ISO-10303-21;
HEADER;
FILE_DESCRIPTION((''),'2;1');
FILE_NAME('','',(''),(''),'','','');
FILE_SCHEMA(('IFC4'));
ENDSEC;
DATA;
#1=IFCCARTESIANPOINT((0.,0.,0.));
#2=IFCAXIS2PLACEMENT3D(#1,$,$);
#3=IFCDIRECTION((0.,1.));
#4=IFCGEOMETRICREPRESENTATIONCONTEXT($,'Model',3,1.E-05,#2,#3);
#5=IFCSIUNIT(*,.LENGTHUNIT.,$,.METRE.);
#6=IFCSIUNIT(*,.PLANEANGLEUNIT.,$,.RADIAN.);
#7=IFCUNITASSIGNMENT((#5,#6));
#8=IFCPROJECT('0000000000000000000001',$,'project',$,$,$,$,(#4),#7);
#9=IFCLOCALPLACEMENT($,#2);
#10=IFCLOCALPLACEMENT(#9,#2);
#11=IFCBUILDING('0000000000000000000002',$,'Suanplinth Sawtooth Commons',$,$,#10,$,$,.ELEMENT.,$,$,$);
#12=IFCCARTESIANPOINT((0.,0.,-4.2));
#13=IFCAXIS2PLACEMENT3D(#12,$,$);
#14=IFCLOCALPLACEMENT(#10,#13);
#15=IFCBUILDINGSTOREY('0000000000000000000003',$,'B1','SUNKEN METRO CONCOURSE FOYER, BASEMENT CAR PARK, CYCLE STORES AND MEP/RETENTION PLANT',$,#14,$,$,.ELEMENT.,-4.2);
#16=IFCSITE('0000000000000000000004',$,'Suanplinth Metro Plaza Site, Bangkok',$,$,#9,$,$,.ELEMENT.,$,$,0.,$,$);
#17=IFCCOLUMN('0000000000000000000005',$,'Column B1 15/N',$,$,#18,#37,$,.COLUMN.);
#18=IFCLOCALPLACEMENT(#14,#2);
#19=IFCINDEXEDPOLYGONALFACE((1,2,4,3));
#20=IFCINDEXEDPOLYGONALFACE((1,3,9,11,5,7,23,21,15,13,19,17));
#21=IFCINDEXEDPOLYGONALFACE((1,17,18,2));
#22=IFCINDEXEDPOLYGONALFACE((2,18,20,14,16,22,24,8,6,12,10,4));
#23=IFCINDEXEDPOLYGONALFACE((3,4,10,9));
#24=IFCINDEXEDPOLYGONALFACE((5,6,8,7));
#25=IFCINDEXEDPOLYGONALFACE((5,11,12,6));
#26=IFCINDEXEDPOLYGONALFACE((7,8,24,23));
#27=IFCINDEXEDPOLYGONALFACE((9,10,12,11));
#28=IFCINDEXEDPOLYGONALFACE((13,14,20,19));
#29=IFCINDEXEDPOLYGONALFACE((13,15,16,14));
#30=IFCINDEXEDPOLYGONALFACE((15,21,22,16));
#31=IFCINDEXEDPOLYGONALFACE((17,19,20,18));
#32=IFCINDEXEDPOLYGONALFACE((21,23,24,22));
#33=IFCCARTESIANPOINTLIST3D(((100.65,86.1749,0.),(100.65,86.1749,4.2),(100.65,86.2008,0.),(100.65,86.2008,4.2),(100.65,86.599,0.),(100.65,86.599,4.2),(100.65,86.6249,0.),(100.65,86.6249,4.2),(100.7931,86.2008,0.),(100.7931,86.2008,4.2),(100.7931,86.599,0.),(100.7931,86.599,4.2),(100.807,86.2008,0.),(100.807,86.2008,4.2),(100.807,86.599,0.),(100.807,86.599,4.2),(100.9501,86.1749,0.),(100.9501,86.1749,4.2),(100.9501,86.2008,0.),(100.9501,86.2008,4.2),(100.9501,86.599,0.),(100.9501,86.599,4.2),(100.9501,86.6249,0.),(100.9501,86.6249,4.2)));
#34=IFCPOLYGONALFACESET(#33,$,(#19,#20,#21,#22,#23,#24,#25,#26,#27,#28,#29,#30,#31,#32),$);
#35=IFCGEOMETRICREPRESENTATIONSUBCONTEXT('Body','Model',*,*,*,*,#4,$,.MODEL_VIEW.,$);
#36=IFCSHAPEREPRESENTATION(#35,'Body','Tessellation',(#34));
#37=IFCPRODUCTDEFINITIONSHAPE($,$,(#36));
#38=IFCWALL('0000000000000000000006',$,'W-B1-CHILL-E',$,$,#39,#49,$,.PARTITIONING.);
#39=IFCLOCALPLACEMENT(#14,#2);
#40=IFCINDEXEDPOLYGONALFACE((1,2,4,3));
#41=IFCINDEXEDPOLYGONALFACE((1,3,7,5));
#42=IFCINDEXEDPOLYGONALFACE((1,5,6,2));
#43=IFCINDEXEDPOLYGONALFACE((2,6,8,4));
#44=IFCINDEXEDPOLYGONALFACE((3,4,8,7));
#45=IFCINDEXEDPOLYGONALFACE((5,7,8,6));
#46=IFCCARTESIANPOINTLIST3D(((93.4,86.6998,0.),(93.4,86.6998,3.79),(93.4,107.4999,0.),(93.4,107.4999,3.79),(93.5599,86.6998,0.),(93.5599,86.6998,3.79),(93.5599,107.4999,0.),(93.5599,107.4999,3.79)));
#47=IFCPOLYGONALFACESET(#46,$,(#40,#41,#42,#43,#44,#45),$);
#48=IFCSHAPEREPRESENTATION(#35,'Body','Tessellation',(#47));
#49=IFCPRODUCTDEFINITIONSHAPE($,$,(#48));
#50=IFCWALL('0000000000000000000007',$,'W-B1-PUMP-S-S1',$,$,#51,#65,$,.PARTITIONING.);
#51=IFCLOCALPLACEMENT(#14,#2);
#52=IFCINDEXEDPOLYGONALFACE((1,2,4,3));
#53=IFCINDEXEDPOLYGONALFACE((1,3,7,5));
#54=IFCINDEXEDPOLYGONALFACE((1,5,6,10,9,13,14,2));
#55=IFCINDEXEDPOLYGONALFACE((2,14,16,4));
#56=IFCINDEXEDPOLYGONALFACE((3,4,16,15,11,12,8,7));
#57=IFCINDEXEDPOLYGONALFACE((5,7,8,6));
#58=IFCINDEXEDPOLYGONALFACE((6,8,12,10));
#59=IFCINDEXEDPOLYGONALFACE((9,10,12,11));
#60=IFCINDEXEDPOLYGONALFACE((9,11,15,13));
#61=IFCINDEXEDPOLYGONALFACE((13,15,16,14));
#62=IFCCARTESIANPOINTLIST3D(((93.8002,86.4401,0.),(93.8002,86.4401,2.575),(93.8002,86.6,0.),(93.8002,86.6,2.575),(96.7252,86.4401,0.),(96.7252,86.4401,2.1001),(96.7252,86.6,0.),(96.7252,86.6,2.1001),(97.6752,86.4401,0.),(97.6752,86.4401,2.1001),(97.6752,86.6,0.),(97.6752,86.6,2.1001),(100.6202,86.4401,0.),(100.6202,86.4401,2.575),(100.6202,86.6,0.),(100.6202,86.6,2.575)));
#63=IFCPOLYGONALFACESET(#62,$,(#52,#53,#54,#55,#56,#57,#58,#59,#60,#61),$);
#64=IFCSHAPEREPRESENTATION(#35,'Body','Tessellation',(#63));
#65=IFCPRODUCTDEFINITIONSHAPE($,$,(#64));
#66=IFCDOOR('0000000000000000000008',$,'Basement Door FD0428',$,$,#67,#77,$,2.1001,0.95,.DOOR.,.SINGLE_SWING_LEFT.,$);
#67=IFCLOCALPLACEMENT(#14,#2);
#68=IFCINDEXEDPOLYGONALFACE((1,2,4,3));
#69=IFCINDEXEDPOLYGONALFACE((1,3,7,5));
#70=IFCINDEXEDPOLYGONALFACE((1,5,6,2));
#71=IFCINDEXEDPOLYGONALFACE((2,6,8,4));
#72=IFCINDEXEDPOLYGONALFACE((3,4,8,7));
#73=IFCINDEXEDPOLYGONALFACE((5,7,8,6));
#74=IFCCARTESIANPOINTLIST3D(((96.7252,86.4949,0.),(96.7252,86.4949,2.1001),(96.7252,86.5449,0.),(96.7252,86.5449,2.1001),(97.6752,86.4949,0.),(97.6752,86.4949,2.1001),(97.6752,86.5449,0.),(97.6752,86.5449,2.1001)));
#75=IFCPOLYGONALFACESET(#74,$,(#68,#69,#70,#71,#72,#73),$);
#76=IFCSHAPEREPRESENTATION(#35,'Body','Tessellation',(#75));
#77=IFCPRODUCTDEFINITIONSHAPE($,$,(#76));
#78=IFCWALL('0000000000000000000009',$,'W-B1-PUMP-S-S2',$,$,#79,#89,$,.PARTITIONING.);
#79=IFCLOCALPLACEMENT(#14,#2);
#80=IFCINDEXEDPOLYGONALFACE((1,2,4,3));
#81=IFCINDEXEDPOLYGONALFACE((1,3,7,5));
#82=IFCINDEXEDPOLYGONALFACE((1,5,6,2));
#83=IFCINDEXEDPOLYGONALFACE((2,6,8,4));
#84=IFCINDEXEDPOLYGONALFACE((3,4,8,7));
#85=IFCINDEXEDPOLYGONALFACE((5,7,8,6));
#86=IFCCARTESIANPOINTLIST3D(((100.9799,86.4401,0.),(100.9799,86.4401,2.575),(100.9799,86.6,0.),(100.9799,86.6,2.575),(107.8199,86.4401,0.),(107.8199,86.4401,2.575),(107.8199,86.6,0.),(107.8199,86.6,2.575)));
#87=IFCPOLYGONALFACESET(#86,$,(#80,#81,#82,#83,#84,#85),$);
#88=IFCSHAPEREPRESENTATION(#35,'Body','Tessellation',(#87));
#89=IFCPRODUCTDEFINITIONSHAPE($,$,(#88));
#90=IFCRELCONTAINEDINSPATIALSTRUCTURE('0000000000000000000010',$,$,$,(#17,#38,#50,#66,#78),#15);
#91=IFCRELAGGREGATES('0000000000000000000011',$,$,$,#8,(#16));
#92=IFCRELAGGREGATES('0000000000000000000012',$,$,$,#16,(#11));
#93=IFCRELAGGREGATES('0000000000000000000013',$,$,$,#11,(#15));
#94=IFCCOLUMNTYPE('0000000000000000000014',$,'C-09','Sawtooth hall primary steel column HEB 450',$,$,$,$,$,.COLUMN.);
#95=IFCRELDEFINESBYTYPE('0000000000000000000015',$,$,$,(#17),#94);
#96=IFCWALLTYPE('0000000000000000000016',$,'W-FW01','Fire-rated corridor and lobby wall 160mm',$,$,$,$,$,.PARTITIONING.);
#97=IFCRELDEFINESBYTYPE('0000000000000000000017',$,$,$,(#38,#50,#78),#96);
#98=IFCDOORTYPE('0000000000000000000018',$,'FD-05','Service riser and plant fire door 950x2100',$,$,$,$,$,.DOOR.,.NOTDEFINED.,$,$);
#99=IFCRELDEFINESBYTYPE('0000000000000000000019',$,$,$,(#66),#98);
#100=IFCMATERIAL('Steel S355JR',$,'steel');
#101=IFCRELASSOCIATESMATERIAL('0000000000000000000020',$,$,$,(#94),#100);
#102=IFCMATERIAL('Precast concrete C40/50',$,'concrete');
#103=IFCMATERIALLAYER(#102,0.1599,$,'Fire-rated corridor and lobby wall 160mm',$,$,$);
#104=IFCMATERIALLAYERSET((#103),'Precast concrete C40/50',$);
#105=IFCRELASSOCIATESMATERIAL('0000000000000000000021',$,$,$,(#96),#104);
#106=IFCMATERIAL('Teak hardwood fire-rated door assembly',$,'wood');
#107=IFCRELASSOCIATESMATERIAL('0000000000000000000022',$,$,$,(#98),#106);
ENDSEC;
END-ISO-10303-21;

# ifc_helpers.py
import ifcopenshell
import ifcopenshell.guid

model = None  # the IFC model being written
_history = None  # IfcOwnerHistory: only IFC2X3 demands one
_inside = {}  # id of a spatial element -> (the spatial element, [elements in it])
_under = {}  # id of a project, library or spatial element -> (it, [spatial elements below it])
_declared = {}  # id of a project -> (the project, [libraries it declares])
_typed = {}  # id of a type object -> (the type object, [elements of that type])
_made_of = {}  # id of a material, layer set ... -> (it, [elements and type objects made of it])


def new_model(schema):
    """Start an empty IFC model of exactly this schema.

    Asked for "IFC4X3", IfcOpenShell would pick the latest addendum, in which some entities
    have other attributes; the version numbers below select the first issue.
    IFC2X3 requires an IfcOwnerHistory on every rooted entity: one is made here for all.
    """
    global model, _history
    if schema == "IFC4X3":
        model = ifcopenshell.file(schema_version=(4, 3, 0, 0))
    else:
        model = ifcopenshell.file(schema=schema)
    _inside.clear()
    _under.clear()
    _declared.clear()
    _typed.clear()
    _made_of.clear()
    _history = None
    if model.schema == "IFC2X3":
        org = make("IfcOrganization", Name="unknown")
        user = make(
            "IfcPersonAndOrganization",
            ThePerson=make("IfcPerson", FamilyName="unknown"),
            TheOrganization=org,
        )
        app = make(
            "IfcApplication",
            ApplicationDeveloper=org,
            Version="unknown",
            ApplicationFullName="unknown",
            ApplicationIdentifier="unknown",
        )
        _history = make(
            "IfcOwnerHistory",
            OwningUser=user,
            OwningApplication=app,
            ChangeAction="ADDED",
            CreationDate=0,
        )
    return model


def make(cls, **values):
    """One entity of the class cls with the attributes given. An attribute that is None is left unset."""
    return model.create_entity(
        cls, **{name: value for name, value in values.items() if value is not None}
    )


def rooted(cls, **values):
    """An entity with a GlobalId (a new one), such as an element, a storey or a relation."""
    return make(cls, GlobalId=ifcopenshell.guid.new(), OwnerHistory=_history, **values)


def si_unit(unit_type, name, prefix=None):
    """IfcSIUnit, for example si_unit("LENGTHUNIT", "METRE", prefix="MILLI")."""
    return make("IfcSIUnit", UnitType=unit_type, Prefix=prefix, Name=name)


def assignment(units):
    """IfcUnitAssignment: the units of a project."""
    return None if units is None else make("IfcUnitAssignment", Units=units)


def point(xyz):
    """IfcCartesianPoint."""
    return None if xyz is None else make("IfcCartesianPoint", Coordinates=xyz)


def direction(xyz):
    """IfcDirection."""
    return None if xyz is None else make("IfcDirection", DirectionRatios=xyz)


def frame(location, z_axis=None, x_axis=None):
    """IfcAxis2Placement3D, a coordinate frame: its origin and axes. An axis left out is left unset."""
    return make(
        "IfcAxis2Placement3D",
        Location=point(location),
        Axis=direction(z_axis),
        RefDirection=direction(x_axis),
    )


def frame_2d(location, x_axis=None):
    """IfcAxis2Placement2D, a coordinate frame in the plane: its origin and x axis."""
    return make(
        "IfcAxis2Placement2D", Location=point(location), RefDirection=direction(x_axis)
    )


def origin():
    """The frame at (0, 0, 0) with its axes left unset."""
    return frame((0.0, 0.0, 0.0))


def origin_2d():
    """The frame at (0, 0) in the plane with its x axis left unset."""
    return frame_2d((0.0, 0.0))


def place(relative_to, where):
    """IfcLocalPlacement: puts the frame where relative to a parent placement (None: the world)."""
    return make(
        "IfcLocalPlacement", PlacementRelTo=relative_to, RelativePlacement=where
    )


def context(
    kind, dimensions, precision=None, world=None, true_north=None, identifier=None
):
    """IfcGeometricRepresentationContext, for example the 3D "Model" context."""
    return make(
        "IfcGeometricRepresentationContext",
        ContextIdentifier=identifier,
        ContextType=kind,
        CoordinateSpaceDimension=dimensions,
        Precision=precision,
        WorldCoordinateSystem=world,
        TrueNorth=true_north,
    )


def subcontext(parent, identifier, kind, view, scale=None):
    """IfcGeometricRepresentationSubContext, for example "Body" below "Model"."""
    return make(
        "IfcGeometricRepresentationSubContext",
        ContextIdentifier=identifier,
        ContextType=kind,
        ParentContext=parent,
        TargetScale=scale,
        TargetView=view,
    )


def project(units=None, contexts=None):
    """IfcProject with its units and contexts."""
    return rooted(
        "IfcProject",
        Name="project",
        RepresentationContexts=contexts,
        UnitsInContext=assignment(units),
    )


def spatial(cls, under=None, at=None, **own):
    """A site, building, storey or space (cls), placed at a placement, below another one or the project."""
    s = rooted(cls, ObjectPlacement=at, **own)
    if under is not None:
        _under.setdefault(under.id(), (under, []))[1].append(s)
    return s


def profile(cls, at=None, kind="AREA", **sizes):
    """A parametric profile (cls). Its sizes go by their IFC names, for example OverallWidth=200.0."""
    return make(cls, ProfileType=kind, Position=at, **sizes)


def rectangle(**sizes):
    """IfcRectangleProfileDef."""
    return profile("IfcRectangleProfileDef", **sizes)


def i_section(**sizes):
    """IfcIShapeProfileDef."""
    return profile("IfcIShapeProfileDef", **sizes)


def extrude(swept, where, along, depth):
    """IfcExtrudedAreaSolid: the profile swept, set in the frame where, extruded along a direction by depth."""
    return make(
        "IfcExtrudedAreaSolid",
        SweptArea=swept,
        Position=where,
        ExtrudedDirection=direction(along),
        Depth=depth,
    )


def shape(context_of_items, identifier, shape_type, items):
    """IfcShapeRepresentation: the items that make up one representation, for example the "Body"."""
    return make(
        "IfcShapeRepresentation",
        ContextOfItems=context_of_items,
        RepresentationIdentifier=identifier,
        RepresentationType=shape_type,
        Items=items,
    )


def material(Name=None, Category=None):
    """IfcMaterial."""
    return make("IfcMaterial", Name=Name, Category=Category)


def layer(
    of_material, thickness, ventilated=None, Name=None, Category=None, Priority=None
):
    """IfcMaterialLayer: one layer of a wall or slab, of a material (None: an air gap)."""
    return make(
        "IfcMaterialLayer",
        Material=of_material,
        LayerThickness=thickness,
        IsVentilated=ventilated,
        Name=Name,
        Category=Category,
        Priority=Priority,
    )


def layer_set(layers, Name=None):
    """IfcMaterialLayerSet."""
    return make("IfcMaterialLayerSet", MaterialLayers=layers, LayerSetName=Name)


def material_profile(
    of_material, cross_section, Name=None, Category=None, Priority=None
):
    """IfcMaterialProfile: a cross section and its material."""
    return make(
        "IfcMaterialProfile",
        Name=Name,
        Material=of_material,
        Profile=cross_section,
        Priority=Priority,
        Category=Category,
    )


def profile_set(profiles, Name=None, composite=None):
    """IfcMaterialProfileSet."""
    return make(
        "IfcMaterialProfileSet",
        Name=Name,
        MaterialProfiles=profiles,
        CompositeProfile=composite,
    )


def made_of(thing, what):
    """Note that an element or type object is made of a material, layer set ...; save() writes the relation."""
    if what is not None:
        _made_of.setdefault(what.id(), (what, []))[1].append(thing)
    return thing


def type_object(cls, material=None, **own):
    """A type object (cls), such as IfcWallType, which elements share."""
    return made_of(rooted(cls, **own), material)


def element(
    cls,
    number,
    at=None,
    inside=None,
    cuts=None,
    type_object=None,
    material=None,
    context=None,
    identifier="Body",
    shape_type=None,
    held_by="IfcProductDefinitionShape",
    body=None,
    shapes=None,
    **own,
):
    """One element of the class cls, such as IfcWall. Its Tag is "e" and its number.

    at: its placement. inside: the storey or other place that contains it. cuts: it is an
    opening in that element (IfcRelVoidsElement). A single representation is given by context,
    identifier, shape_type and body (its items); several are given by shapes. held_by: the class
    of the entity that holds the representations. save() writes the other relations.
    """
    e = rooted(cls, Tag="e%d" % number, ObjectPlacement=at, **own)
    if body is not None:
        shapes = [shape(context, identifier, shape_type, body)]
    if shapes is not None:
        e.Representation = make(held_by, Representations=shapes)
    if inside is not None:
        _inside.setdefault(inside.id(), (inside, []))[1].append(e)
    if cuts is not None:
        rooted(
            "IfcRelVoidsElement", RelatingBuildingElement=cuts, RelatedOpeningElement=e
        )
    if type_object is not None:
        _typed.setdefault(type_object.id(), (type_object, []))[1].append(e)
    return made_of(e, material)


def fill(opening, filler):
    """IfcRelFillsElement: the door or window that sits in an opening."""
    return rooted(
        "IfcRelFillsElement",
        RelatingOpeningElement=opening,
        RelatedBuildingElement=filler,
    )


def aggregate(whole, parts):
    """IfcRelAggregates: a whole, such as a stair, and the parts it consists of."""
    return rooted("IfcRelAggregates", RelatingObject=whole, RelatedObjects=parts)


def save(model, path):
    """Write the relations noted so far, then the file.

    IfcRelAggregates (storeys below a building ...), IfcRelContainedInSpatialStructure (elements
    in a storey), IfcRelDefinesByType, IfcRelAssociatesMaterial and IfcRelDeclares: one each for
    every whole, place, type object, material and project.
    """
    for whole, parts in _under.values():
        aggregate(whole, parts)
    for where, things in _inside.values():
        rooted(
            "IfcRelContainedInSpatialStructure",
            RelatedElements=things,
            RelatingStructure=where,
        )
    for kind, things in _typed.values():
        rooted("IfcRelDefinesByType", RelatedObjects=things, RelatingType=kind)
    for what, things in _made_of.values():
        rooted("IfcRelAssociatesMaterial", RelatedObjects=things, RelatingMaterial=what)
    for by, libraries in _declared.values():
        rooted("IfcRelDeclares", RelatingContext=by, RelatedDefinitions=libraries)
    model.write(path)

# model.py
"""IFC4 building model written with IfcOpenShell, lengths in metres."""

from ifc_helpers import new_model, si_unit, direction, frame, frame_2d, origin, origin_2d, place, context, subcontext, project, spatial, rectangle, i_section, extrude, material, layer, layer_set, material_profile, profile_set, type_object, element, fill, save


model = new_model("IFC4")

# Units and contexts
model_context = context("Model", 3, precision=1e-05, world=origin(), true_north=direction((0.0, 1.0)))
body_context = subcontext(model_context, "Body", "Model", "MODEL_VIEW")
ifc_project = project(units=[si_unit("LENGTHUNIT", "METRE"), si_unit("PLANEANGLEUNIT", "RADIAN")], contexts=[model_context])

# Site, building, storey
site_placement = place(None, origin())
site = spatial("IfcSite", under=ifc_project, at=site_placement, Name="Suanplinth Metro Plaza Site, Bangkok", CompositionType="ELEMENT", RefElevation=0.0)
building_placement = place(site_placement, origin())
building = spatial("IfcBuilding", under=site, at=building_placement, Name="Suanplinth Sawtooth Commons", CompositionType="ELEMENT")
storey_placement = place(building_placement, frame((0.0, 0.0, -4.2)))
storey = spatial("IfcBuildingStorey", under=building, at=storey_placement, Name="B1", Description="SUNKEN METRO CONCOURSE FOYER, BASEMENT CAR PARK, CYCLE STORES AND MEP/RETENTION PLANT", CompositionType="ELEMENT", Elevation=-4.2)

# Column
ifc_material_1 = material(Name="Steel S355JR", Category="steel")
ifc_material_profile_1 = material_profile(ifc_material_1, i_section(OverallWidth=0.3, OverallDepth=0.45, WebThickness=0.0139, FlangeThickness=0.0259, at=origin_2d()), Name="HEB 450")
ifc_profile_set_1 = profile_set([ifc_material_profile_1], Name="Steel S355JR")
column_type_1 = type_object("IfcColumnType", Name="C-09", Description="Sawtooth hall primary steel column HEB 450", PredefinedType="COLUMN", material=ifc_profile_set_1)
column_1_placement = place(storey_placement, frame((100.8, 86.3999, 0.0), z_axis=(0.0, 0.0, 1.0), x_axis=(1.0, 0.0, 0.0)))
element("IfcColumn", 1, at=column_1_placement, inside=storey, type_object=column_type_1, Name="Column B1 15/N", PredefinedType="COLUMN", context=body_context, shape_type="SweptSolid", body=[
    extrude(i_section(OverallWidth=0.3, OverallDepth=0.45, WebThickness=0.0139, FlangeThickness=0.0259, at=origin_2d()), origin(), (0.0, 0.0, 1.0), 4.2),
])

# Wall
ifc_material_2 = material(Name="Precast concrete C40/50", Category="concrete")
ifc_layer = layer(ifc_material_2, 0.1599, Name="Fire-rated corridor and lobby wall 160mm")
ifc_layer_set = layer_set([ifc_layer], Name="Precast concrete C40/50")
wall_type = type_object("IfcWallType", Name="W-FW01", Description="Fire-rated corridor and lobby wall 160mm", PredefinedType="PARTITIONING", material=ifc_layer_set)
wall_1_placement = place(storey_placement, frame((93.48, 86.7, 0.0), z_axis=(0.0, 0.0, 1.0), x_axis=(0.0, 1.0, 0.0)))
element("IfcWall", 2, at=wall_1_placement, inside=storey, type_object=wall_type, Name="W-B1-CHILL-E", PredefinedType="PARTITIONING", context=body_context, shape_type="SweptSolid", body=[
    extrude(rectangle(XDim=20.8, YDim=0.1599, at=frame_2d((10.3999, 0.0))), origin(), (0.0, 0.0, 1.0), 3.79),
])

# Wall, opening, door
wall_2_placement = place(storey_placement, frame((93.8, 86.52, 0.0), z_axis=(0.0, 0.0, 1.0), x_axis=(1.0, 0.0, 0.0)))
wall_2 = element("IfcWall", 3, at=wall_2_placement, inside=storey, type_object=wall_type, Name="W-B1-PUMP-S-S1", PredefinedType="PARTITIONING", context=body_context, shape_type="SweptSolid", body=[
    extrude(rectangle(XDim=6.8201, YDim=0.1599, at=frame_2d((3.4102, 0.0))), origin(), (0.0, 0.0, 1.0), 2.575),
])
opening_placement = place(wall_2_placement, frame((2.925, 0.0, 0.0)))
opening = element("IfcOpeningElement", 4, at=opening_placement, cuts=wall_2, PredefinedType="OPENING", context=body_context, shape_type="SweptSolid", body=[
    extrude(rectangle(XDim=0.95, YDim=2.1001, at=frame_2d((0.4751, 1.05))), frame((0.0, 0.0947, 0.0), z_axis=(0.0, -1.0, 0.0), x_axis=(1.0, 0.0, 0.0)), (0.0, 0.0, 1.0), 0.1897),
])
ifc_material_3 = material(Name="Teak hardwood fire-rated door assembly", Category="wood")
door_type = type_object("IfcDoorType", Name="FD-05", Description="Service riser and plant fire door 950x2100", OperationType="NOTDEFINED", PredefinedType="DOOR", material=ifc_material_3)
door_placement = place(opening_placement, origin())
door = element("IfcDoor", 5, at=door_placement, inside=storey, type_object=door_type, Name="Basement Door FD0428", OperationType="SINGLE_SWING_LEFT", OverallHeight=2.1001, OverallWidth=0.95, PredefinedType="DOOR", context=body_context, shape_type="SweptSolid", body=[
    extrude(rectangle(XDim=0.95, YDim=2.1001, at=frame_2d((0.4751, 1.05))), frame((0.0, 0.0249, 0.0), z_axis=(0.0, -1.0, 0.0), x_axis=(1.0, 0.0, 0.0)), (0.0, 0.0, 1.0), 0.05),
])
fill(opening, door)

# Wall
wall_3_placement = place(storey_placement, frame((100.98, 86.52, 0.0), z_axis=(0.0, 0.0, 1.0), x_axis=(1.0, 0.0, 0.0)))
element("IfcWall", 6, at=wall_3_placement, inside=storey, type_object=wall_type, Name="W-B1-PUMP-S-S2", PredefinedType="PARTITIONING", context=body_context, shape_type="SweptSolid", body=[
    extrude(rectangle(XDim=6.8401, YDim=0.1599, at=frame_2d((3.4199, 0.0))), origin(), (0.0, 0.0, 1.0), 2.575),
])

save(model, "model.ifc")
